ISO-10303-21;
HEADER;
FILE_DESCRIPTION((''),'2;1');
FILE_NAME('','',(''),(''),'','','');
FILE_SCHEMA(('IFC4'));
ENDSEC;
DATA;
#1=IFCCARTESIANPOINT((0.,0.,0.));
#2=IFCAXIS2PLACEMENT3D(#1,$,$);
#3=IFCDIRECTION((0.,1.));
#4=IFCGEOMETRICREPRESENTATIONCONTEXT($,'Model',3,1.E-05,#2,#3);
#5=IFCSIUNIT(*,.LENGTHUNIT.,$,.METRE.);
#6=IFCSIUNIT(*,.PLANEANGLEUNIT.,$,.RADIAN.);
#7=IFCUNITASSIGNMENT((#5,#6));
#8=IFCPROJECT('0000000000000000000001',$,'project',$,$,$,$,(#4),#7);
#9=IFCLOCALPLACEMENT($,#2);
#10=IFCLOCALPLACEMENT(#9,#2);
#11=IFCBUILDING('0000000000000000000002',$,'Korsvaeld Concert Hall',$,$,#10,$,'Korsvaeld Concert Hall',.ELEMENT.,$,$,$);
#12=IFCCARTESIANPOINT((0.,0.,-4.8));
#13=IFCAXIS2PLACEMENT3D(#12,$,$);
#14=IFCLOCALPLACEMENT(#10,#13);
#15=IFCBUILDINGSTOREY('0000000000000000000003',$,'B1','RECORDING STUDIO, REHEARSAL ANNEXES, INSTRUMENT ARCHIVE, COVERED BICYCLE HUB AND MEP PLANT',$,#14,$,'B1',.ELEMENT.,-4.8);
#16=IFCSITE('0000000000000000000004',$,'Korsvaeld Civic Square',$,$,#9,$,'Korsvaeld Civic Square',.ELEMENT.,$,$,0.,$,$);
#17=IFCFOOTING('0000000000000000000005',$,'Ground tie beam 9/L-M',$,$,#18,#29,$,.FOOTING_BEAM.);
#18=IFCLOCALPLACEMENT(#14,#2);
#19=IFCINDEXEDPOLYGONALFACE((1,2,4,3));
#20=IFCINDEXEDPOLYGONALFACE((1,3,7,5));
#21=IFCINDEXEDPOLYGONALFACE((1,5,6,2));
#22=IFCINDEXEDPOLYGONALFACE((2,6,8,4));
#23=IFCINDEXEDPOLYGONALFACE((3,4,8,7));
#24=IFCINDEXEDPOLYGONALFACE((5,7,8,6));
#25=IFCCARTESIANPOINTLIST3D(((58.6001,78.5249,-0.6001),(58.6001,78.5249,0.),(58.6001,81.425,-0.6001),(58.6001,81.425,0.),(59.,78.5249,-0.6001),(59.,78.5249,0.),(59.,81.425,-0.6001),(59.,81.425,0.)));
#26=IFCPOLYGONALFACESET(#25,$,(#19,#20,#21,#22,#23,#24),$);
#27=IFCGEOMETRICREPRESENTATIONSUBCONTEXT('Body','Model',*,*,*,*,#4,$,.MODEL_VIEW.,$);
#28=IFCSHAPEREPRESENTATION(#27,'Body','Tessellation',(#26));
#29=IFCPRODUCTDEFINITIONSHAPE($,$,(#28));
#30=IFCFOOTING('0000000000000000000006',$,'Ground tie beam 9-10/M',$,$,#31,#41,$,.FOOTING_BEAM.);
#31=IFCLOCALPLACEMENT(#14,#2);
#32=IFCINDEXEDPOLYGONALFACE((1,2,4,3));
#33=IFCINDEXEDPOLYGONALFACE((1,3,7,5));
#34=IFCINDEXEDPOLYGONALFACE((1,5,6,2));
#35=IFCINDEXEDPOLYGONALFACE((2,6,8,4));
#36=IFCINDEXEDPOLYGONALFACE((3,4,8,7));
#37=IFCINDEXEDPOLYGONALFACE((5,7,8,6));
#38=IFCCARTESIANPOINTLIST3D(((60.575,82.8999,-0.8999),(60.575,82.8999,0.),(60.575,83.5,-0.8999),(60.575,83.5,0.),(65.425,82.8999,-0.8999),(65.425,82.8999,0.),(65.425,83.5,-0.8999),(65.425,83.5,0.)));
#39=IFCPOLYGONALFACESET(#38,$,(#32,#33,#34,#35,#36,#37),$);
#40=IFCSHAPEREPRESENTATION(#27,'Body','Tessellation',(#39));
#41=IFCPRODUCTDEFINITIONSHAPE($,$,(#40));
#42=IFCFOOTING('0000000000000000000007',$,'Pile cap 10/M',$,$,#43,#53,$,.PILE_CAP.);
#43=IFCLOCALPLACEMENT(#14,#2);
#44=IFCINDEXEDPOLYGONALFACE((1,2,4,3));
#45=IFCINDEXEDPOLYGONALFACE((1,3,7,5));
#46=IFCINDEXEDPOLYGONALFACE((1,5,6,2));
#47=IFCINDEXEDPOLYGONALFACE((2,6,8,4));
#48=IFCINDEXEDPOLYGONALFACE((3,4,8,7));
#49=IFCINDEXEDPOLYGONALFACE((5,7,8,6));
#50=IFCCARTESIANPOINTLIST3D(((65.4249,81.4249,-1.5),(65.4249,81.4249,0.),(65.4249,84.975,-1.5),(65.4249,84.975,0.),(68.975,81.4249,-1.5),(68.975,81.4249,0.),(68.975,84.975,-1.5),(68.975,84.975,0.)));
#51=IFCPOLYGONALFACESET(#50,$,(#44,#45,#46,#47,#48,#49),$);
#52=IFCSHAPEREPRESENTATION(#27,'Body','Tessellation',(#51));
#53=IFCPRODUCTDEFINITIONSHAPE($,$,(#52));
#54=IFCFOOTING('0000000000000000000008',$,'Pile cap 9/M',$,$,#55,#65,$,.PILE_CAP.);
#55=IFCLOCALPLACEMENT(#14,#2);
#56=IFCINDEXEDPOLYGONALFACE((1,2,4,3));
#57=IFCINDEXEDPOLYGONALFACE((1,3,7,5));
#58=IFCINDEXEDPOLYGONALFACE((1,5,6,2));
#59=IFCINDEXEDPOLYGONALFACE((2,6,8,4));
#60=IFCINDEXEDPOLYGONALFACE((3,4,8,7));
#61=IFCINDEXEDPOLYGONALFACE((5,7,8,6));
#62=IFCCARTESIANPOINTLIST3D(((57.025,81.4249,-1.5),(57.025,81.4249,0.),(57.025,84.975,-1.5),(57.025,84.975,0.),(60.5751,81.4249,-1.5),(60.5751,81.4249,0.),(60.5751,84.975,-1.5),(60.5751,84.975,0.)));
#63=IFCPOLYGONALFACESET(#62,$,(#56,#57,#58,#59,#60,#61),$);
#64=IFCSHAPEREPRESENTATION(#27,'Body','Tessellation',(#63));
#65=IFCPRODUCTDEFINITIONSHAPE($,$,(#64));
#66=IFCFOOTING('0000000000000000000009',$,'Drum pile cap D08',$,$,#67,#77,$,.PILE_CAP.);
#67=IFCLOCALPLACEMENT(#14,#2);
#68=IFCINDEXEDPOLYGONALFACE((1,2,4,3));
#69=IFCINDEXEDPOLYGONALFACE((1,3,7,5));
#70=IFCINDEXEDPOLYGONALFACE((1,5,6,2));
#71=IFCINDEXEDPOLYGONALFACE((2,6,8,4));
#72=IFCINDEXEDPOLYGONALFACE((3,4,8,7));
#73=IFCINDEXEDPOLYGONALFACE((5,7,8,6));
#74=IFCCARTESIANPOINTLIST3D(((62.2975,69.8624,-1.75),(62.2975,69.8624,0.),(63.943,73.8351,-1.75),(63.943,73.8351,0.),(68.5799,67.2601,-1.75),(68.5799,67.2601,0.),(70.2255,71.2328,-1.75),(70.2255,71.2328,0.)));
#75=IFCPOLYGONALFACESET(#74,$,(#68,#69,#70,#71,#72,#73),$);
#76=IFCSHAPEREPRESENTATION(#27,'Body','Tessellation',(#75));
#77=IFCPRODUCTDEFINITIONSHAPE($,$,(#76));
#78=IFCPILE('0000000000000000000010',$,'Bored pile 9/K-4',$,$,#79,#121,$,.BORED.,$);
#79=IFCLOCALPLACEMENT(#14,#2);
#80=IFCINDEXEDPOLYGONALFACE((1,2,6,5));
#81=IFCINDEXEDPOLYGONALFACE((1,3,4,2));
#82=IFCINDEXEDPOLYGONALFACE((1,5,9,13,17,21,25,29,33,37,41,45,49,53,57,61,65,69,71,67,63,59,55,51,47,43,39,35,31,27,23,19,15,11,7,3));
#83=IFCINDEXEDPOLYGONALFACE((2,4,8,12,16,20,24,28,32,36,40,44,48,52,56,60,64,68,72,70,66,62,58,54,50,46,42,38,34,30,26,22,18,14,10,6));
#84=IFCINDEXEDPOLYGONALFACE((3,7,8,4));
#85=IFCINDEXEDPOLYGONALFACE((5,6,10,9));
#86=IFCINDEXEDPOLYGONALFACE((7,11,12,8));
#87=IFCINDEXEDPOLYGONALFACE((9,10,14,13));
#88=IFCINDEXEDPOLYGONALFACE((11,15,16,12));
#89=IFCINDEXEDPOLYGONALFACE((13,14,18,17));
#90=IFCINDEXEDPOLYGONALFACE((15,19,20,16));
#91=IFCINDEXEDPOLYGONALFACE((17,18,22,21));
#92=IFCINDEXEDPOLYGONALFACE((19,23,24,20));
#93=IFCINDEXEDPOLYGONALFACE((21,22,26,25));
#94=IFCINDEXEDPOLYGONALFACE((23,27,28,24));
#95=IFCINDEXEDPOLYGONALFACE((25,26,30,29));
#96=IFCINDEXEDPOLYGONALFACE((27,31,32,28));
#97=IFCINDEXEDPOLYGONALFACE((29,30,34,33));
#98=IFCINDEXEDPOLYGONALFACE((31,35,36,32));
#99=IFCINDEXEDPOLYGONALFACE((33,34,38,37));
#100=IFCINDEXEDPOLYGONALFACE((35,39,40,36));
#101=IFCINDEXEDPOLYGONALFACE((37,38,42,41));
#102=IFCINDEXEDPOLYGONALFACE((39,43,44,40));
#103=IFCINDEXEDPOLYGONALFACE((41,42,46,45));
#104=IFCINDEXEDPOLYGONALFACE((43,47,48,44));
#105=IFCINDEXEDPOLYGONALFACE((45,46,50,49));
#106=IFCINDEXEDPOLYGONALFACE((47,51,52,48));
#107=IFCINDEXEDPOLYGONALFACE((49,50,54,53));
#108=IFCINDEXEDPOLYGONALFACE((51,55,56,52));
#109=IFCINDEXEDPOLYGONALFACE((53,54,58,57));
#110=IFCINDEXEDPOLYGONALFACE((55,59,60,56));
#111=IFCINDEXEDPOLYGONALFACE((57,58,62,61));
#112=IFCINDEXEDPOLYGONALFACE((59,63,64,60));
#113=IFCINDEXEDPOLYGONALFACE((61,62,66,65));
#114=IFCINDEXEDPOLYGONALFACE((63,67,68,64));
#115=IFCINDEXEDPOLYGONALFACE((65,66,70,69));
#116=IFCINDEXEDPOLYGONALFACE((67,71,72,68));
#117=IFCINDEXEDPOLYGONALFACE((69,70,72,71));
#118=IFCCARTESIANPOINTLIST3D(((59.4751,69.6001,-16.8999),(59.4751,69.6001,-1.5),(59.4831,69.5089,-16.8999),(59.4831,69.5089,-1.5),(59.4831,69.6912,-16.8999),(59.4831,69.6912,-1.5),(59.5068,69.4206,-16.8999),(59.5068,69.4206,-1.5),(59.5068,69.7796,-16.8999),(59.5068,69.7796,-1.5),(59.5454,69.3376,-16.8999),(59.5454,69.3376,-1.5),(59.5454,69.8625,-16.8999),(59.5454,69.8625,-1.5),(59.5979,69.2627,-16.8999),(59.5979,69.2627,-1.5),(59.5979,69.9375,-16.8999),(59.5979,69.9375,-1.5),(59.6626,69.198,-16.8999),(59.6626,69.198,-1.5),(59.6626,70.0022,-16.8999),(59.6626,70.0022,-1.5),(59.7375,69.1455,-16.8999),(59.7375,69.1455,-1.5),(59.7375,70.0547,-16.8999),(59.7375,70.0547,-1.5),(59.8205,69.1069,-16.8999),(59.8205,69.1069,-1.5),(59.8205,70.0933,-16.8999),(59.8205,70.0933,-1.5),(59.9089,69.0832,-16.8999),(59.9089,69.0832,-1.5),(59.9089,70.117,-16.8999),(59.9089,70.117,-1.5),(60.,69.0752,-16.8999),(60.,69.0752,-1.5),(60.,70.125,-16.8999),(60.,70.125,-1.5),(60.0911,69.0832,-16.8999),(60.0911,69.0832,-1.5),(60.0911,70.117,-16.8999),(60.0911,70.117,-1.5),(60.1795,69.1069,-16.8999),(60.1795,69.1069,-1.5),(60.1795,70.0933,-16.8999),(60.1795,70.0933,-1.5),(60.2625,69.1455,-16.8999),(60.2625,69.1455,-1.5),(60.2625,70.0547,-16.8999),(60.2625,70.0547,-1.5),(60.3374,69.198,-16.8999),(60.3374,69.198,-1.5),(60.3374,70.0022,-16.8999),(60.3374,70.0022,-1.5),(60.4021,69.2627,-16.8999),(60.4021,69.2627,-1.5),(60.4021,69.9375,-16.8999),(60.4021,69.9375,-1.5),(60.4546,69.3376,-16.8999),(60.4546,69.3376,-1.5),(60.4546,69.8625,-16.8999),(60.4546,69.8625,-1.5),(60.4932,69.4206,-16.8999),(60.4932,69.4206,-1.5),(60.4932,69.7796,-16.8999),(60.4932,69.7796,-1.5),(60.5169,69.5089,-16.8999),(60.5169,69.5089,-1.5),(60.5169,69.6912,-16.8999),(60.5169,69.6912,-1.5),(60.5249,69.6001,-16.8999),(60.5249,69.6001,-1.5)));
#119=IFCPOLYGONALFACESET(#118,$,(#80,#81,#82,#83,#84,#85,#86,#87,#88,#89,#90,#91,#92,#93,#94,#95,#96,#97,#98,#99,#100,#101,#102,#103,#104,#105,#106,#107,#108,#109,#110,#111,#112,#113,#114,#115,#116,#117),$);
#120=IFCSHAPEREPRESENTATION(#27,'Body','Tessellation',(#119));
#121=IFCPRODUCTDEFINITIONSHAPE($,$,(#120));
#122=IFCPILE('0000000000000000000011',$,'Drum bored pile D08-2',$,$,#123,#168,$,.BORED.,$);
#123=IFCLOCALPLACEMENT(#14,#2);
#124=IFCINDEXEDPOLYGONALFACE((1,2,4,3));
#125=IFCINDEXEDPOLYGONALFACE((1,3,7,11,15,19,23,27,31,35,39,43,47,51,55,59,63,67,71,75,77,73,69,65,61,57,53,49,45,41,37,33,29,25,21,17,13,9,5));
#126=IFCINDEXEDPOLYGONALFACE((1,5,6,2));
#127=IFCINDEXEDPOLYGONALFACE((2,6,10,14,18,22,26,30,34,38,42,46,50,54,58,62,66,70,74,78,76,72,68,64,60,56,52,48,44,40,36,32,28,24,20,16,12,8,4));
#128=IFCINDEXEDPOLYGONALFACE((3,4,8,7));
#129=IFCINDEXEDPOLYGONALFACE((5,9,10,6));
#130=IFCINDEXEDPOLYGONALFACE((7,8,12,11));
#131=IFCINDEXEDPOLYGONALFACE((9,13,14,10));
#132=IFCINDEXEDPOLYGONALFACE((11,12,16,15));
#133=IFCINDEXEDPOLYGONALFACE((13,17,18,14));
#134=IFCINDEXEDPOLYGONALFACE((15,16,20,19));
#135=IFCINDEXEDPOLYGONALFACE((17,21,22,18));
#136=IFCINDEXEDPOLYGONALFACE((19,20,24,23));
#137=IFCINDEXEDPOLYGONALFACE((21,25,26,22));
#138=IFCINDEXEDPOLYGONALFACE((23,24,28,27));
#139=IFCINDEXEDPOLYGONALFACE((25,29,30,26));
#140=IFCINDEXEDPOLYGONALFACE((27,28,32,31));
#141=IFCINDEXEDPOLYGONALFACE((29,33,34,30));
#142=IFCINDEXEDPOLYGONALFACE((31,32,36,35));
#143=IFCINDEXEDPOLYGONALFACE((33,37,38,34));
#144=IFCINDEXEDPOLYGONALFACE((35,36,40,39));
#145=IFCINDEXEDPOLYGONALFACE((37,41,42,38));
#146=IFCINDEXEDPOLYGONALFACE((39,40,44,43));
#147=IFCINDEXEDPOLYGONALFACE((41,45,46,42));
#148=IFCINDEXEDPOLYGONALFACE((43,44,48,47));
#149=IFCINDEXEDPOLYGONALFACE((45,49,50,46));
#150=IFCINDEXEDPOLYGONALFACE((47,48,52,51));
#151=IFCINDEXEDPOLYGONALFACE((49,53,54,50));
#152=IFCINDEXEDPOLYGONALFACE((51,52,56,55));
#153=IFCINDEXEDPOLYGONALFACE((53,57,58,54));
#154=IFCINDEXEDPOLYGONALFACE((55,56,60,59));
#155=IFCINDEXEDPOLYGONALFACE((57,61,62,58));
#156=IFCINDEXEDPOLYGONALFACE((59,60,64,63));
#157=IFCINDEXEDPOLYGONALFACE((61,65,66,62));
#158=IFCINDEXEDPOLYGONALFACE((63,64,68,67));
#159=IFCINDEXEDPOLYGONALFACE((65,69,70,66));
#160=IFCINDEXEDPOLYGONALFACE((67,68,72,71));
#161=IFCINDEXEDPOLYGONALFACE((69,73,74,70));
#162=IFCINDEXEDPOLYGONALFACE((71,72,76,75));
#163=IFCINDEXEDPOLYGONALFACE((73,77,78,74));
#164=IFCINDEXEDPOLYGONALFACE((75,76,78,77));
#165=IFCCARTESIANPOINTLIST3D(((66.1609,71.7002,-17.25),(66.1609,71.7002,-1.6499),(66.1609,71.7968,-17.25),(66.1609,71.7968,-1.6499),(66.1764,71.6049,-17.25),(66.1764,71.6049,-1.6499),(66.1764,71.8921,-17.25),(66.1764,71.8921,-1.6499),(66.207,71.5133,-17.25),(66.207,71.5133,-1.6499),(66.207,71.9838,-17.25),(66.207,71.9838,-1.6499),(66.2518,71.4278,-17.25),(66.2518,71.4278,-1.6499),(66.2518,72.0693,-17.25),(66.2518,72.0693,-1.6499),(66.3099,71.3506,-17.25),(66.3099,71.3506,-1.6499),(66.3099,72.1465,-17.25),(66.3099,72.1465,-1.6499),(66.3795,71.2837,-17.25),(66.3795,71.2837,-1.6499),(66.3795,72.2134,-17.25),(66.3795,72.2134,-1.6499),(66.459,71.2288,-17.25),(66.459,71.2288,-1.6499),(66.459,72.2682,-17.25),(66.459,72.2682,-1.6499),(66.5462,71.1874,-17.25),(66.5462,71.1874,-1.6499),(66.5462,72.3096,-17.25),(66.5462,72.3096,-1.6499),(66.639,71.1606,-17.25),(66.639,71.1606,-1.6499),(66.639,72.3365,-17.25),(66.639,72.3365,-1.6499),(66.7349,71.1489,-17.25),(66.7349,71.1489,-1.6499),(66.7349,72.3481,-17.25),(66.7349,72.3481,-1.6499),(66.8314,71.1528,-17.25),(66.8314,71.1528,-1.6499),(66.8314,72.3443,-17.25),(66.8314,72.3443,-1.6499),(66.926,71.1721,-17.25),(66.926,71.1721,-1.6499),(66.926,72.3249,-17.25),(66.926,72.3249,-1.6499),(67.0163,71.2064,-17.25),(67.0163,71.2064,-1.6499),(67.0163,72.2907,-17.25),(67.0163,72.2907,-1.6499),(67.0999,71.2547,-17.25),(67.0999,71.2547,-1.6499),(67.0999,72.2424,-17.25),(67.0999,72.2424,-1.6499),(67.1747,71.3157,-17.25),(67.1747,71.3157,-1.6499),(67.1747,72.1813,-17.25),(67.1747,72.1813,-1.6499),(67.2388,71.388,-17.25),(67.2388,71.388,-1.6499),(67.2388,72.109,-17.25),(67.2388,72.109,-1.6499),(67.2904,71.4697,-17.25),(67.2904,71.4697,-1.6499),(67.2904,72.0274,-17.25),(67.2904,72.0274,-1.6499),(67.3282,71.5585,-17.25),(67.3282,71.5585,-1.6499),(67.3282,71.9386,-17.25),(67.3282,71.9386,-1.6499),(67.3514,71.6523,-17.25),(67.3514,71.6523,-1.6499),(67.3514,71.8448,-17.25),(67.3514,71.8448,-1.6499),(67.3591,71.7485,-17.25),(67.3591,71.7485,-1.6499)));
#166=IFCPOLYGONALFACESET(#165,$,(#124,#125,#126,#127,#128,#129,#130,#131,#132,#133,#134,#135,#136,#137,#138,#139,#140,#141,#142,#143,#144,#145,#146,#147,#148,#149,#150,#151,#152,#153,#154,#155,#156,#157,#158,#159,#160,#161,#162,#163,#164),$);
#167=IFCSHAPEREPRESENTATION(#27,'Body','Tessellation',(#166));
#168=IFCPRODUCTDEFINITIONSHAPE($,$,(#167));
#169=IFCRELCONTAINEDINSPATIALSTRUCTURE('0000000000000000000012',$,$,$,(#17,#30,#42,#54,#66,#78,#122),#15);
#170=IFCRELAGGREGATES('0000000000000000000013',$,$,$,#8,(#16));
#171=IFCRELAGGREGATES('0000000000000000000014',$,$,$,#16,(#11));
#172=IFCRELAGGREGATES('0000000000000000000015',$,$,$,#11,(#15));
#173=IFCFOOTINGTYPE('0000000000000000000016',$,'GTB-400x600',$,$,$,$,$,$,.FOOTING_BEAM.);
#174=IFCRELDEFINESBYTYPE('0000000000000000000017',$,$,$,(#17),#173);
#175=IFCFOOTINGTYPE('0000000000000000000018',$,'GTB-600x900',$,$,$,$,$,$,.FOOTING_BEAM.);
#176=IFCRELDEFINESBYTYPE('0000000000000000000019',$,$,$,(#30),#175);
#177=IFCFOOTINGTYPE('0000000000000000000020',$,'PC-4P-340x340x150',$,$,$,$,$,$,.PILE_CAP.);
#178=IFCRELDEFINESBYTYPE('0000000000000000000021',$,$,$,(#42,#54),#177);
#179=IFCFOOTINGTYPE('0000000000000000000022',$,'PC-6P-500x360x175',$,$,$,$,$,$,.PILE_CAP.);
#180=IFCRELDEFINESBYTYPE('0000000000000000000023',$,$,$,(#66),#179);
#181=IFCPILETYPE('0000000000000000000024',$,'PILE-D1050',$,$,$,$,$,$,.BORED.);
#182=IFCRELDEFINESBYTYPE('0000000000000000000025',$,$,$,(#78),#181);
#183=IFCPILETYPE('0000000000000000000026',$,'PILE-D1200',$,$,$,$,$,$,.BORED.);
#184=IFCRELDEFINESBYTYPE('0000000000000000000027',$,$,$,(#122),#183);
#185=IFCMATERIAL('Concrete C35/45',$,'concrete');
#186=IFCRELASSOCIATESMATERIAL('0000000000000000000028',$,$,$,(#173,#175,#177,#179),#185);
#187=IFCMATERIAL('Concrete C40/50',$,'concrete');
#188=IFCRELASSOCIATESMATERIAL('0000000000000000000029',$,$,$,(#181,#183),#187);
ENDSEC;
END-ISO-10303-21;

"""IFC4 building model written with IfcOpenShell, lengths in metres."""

from ifc_helpers import new_model, si_unit, direction, frame, origin, origin_2d, place, context, subcontext, project, spatial, rectangle, circle, extrude, material, material_profile, profile_set, type_object, element, save


model = new_model("IFC4")

# Units and contexts
model_context = context("Model", 3, precision=1e-05, world=origin(), true_north=direction((0.0, 1.0)))
body_context = subcontext(model_context, "Body", "Model", "MODEL_VIEW")
ifc_project = project(units=[si_unit("LENGTHUNIT", "METRE"), si_unit("PLANEANGLEUNIT", "RADIAN")], contexts=[model_context])

# Site, building, storey
site_placement = place(None, origin())
site = spatial("IfcSite", under=ifc_project, at=site_placement, Name="Korsvaeld Civic Square", LongName="Korsvaeld Civic Square", CompositionType="ELEMENT", RefElevation=0.0)
building_placement = place(site_placement, origin())
building = spatial("IfcBuilding", under=site, at=building_placement, Name="Korsvaeld Concert Hall", LongName="Korsvaeld Concert Hall", CompositionType="ELEMENT")
storey_placement = place(building_placement, frame((0.0, 0.0, -4.8)))
storey = spatial("IfcBuildingStorey", under=building, at=storey_placement, Name="B1", Description="RECORDING STUDIO, REHEARSAL ANNEXES, INSTRUMENT ARCHIVE, COVERED BICYCLE HUB AND MEP PLANT", LongName="B1", CompositionType="ELEMENT", Elevation=-4.8)

# Footings
ifc_material_1 = material(Name="Concrete C35/45", Category="concrete")
ifc_material_profile_1 = material_profile(ifc_material_1, rectangle(XDim=0.3999, YDim=0.6001, at=origin_2d()), Name="GTB 400x600")
ifc_profile_set_1 = profile_set([ifc_material_profile_1], Name="Concrete C35/45")
footing_type_1 = type_object("IfcFootingType", Name="GTB-400x600", PredefinedType="FOOTING_BEAM", material=ifc_profile_set_1)
footing_1_placement = place(storey_placement, frame((58.8, 78.5249, -0.3), z_axis=(0.0, 1.0, 0.0), x_axis=(-1.0, 0.0, 0.0)))
element("IfcFooting", 1, at=footing_1_placement, inside=storey, type_object=footing_type_1, Name="Ground tie beam 9/L-M", PredefinedType="FOOTING_BEAM", context=body_context, shape_type="SweptSolid", body=[
    extrude(rectangle(XDim=0.3999, YDim=0.6001, at=origin_2d()), origin(), (0.0, 0.0, 1.0), 2.9001),
])
ifc_material_profile_2 = material_profile(ifc_material_1, rectangle(XDim=0.6001, YDim=0.8999, at=origin_2d()), Name="GTB 600x900")
ifc_profile_set_2 = profile_set([ifc_material_profile_2], Name="Concrete C35/45")
footing_type_2 = type_object("IfcFootingType", Name="GTB-600x900", PredefinedType="FOOTING_BEAM", material=ifc_profile_set_2)
footing_2_placement = place(storey_placement, frame((60.575, 83.2, -0.45), z_axis=(1.0, 0.0, 0.0), x_axis=(0.0, 1.0, 0.0)))
element("IfcFooting", 2, at=footing_2_placement, inside=storey, type_object=footing_type_2, Name="Ground tie beam 9-10/M", PredefinedType="FOOTING_BEAM", context=body_context, shape_type="SweptSolid", body=[
    extrude(rectangle(XDim=0.6001, YDim=0.8999, at=origin_2d()), origin(), (0.0, 0.0, 1.0), 4.8501),
])
footing_type_3 = type_object("IfcFootingType", Name="PC-4P-340x340x150", PredefinedType="PILE_CAP", material=ifc_material_1)
for number, where, z_axis, x_axis, name in (
    (3, (67.2, 83.2, -1.5), (0.0, 0.0, 1.0), (1.0, 0.0, 0.0), "Pile cap 10/M"),
    (4, (58.8, 83.2, -1.5), (0.0, 0.0, 1.0), (1.0, 0.0, 0.0), "Pile cap 9/M"),
):
    element("IfcFooting", number, at=place(storey_placement, frame(where, z_axis=z_axis, x_axis=x_axis)), inside=storey, type_object=footing_type_3, Name=name, PredefinedType="PILE_CAP", context=body_context, shape_type="SweptSolid", body=[
        extrude(rectangle(XDim=3.55, YDim=3.55, at=origin_2d()), origin(), (0.0, 0.0, 1.0), 1.5),
    ])
footing_type_4 = type_object("IfcFootingType", Name="PC-6P-500x360x175", PredefinedType="PILE_CAP", material=ifc_material_1)
footing_3_placement = place(storey_placement, frame((66.2615, 70.5476, -1.75), z_axis=(0.0, 0.0, 1.0), x_axis=(-0.92388, 0.382683, 0.0)))
element("IfcFooting", 5, at=footing_3_placement, inside=storey, type_object=footing_type_4, Name="Drum pile cap D08", PredefinedType="PILE_CAP", context=body_context, shape_type="SweptSolid", body=[
    extrude(rectangle(XDim=6.8, YDim=4.3, at=origin_2d()), origin(), (0.0, 0.0, 1.0), 1.75),
])

# Piles
ifc_material_2 = material(Name="Concrete C40/50", Category="concrete")
ifc_material_profile_3 = material_profile(ifc_material_2, circle(Radius=0.5249, at=origin_2d()), Name="BORED PILE D1050")
ifc_profile_set_3 = profile_set([ifc_material_profile_3], Name="Concrete C40/50")
pile_type_1 = type_object("IfcPileType", Name="PILE-D1050", PredefinedType="BORED", material=ifc_profile_set_3)
pile_1_placement = place(storey_placement, frame((60.0, 69.6001, -1.5), z_axis=(0.0, 0.0, -1.0), x_axis=(1.0, 0.0, 0.0)))
element("IfcPile", 6, at=pile_1_placement, inside=storey, type_object=pile_type_1, Name="Bored pile 9/K-4", PredefinedType="BORED", context=body_context, shape_type="SweptSolid", body=[
    extrude(circle(Radius=0.5249, at=origin_2d()), origin(), (0.0, 0.0, 1.0), 15.3999),
])
ifc_material_profile_4 = material_profile(ifc_material_2, circle(Radius=0.6001, at=origin_2d()), Name="BORED PILE D1200")
ifc_profile_set_4 = profile_set([ifc_material_profile_4], Name="Concrete C40/50")
pile_type_2 = type_object("IfcPileType", Name="PILE-D1200", PredefinedType="BORED", material=ifc_profile_set_4)
for number, where, z_axis, x_axis, name in (
    (7, (66.759, 71.7485, -1.6499), (0.0, 0.0, -1.0), (1.0, 0.0, 0.0), "Drum bored pile D08-2"),
):
    element("IfcPile", number, at=place(storey_placement, frame(where, z_axis=z_axis, x_axis=x_axis)), inside=storey, type_object=pile_type_2, Name=name, PredefinedType="BORED", context=body_context, shape_type="SweptSolid", body=[
        extrude(circle(Radius=0.6001, at=origin_2d()), origin(), (0.0, 0.0, 1.0), 15.6001),
    ])

save(model, "model.ifc")
